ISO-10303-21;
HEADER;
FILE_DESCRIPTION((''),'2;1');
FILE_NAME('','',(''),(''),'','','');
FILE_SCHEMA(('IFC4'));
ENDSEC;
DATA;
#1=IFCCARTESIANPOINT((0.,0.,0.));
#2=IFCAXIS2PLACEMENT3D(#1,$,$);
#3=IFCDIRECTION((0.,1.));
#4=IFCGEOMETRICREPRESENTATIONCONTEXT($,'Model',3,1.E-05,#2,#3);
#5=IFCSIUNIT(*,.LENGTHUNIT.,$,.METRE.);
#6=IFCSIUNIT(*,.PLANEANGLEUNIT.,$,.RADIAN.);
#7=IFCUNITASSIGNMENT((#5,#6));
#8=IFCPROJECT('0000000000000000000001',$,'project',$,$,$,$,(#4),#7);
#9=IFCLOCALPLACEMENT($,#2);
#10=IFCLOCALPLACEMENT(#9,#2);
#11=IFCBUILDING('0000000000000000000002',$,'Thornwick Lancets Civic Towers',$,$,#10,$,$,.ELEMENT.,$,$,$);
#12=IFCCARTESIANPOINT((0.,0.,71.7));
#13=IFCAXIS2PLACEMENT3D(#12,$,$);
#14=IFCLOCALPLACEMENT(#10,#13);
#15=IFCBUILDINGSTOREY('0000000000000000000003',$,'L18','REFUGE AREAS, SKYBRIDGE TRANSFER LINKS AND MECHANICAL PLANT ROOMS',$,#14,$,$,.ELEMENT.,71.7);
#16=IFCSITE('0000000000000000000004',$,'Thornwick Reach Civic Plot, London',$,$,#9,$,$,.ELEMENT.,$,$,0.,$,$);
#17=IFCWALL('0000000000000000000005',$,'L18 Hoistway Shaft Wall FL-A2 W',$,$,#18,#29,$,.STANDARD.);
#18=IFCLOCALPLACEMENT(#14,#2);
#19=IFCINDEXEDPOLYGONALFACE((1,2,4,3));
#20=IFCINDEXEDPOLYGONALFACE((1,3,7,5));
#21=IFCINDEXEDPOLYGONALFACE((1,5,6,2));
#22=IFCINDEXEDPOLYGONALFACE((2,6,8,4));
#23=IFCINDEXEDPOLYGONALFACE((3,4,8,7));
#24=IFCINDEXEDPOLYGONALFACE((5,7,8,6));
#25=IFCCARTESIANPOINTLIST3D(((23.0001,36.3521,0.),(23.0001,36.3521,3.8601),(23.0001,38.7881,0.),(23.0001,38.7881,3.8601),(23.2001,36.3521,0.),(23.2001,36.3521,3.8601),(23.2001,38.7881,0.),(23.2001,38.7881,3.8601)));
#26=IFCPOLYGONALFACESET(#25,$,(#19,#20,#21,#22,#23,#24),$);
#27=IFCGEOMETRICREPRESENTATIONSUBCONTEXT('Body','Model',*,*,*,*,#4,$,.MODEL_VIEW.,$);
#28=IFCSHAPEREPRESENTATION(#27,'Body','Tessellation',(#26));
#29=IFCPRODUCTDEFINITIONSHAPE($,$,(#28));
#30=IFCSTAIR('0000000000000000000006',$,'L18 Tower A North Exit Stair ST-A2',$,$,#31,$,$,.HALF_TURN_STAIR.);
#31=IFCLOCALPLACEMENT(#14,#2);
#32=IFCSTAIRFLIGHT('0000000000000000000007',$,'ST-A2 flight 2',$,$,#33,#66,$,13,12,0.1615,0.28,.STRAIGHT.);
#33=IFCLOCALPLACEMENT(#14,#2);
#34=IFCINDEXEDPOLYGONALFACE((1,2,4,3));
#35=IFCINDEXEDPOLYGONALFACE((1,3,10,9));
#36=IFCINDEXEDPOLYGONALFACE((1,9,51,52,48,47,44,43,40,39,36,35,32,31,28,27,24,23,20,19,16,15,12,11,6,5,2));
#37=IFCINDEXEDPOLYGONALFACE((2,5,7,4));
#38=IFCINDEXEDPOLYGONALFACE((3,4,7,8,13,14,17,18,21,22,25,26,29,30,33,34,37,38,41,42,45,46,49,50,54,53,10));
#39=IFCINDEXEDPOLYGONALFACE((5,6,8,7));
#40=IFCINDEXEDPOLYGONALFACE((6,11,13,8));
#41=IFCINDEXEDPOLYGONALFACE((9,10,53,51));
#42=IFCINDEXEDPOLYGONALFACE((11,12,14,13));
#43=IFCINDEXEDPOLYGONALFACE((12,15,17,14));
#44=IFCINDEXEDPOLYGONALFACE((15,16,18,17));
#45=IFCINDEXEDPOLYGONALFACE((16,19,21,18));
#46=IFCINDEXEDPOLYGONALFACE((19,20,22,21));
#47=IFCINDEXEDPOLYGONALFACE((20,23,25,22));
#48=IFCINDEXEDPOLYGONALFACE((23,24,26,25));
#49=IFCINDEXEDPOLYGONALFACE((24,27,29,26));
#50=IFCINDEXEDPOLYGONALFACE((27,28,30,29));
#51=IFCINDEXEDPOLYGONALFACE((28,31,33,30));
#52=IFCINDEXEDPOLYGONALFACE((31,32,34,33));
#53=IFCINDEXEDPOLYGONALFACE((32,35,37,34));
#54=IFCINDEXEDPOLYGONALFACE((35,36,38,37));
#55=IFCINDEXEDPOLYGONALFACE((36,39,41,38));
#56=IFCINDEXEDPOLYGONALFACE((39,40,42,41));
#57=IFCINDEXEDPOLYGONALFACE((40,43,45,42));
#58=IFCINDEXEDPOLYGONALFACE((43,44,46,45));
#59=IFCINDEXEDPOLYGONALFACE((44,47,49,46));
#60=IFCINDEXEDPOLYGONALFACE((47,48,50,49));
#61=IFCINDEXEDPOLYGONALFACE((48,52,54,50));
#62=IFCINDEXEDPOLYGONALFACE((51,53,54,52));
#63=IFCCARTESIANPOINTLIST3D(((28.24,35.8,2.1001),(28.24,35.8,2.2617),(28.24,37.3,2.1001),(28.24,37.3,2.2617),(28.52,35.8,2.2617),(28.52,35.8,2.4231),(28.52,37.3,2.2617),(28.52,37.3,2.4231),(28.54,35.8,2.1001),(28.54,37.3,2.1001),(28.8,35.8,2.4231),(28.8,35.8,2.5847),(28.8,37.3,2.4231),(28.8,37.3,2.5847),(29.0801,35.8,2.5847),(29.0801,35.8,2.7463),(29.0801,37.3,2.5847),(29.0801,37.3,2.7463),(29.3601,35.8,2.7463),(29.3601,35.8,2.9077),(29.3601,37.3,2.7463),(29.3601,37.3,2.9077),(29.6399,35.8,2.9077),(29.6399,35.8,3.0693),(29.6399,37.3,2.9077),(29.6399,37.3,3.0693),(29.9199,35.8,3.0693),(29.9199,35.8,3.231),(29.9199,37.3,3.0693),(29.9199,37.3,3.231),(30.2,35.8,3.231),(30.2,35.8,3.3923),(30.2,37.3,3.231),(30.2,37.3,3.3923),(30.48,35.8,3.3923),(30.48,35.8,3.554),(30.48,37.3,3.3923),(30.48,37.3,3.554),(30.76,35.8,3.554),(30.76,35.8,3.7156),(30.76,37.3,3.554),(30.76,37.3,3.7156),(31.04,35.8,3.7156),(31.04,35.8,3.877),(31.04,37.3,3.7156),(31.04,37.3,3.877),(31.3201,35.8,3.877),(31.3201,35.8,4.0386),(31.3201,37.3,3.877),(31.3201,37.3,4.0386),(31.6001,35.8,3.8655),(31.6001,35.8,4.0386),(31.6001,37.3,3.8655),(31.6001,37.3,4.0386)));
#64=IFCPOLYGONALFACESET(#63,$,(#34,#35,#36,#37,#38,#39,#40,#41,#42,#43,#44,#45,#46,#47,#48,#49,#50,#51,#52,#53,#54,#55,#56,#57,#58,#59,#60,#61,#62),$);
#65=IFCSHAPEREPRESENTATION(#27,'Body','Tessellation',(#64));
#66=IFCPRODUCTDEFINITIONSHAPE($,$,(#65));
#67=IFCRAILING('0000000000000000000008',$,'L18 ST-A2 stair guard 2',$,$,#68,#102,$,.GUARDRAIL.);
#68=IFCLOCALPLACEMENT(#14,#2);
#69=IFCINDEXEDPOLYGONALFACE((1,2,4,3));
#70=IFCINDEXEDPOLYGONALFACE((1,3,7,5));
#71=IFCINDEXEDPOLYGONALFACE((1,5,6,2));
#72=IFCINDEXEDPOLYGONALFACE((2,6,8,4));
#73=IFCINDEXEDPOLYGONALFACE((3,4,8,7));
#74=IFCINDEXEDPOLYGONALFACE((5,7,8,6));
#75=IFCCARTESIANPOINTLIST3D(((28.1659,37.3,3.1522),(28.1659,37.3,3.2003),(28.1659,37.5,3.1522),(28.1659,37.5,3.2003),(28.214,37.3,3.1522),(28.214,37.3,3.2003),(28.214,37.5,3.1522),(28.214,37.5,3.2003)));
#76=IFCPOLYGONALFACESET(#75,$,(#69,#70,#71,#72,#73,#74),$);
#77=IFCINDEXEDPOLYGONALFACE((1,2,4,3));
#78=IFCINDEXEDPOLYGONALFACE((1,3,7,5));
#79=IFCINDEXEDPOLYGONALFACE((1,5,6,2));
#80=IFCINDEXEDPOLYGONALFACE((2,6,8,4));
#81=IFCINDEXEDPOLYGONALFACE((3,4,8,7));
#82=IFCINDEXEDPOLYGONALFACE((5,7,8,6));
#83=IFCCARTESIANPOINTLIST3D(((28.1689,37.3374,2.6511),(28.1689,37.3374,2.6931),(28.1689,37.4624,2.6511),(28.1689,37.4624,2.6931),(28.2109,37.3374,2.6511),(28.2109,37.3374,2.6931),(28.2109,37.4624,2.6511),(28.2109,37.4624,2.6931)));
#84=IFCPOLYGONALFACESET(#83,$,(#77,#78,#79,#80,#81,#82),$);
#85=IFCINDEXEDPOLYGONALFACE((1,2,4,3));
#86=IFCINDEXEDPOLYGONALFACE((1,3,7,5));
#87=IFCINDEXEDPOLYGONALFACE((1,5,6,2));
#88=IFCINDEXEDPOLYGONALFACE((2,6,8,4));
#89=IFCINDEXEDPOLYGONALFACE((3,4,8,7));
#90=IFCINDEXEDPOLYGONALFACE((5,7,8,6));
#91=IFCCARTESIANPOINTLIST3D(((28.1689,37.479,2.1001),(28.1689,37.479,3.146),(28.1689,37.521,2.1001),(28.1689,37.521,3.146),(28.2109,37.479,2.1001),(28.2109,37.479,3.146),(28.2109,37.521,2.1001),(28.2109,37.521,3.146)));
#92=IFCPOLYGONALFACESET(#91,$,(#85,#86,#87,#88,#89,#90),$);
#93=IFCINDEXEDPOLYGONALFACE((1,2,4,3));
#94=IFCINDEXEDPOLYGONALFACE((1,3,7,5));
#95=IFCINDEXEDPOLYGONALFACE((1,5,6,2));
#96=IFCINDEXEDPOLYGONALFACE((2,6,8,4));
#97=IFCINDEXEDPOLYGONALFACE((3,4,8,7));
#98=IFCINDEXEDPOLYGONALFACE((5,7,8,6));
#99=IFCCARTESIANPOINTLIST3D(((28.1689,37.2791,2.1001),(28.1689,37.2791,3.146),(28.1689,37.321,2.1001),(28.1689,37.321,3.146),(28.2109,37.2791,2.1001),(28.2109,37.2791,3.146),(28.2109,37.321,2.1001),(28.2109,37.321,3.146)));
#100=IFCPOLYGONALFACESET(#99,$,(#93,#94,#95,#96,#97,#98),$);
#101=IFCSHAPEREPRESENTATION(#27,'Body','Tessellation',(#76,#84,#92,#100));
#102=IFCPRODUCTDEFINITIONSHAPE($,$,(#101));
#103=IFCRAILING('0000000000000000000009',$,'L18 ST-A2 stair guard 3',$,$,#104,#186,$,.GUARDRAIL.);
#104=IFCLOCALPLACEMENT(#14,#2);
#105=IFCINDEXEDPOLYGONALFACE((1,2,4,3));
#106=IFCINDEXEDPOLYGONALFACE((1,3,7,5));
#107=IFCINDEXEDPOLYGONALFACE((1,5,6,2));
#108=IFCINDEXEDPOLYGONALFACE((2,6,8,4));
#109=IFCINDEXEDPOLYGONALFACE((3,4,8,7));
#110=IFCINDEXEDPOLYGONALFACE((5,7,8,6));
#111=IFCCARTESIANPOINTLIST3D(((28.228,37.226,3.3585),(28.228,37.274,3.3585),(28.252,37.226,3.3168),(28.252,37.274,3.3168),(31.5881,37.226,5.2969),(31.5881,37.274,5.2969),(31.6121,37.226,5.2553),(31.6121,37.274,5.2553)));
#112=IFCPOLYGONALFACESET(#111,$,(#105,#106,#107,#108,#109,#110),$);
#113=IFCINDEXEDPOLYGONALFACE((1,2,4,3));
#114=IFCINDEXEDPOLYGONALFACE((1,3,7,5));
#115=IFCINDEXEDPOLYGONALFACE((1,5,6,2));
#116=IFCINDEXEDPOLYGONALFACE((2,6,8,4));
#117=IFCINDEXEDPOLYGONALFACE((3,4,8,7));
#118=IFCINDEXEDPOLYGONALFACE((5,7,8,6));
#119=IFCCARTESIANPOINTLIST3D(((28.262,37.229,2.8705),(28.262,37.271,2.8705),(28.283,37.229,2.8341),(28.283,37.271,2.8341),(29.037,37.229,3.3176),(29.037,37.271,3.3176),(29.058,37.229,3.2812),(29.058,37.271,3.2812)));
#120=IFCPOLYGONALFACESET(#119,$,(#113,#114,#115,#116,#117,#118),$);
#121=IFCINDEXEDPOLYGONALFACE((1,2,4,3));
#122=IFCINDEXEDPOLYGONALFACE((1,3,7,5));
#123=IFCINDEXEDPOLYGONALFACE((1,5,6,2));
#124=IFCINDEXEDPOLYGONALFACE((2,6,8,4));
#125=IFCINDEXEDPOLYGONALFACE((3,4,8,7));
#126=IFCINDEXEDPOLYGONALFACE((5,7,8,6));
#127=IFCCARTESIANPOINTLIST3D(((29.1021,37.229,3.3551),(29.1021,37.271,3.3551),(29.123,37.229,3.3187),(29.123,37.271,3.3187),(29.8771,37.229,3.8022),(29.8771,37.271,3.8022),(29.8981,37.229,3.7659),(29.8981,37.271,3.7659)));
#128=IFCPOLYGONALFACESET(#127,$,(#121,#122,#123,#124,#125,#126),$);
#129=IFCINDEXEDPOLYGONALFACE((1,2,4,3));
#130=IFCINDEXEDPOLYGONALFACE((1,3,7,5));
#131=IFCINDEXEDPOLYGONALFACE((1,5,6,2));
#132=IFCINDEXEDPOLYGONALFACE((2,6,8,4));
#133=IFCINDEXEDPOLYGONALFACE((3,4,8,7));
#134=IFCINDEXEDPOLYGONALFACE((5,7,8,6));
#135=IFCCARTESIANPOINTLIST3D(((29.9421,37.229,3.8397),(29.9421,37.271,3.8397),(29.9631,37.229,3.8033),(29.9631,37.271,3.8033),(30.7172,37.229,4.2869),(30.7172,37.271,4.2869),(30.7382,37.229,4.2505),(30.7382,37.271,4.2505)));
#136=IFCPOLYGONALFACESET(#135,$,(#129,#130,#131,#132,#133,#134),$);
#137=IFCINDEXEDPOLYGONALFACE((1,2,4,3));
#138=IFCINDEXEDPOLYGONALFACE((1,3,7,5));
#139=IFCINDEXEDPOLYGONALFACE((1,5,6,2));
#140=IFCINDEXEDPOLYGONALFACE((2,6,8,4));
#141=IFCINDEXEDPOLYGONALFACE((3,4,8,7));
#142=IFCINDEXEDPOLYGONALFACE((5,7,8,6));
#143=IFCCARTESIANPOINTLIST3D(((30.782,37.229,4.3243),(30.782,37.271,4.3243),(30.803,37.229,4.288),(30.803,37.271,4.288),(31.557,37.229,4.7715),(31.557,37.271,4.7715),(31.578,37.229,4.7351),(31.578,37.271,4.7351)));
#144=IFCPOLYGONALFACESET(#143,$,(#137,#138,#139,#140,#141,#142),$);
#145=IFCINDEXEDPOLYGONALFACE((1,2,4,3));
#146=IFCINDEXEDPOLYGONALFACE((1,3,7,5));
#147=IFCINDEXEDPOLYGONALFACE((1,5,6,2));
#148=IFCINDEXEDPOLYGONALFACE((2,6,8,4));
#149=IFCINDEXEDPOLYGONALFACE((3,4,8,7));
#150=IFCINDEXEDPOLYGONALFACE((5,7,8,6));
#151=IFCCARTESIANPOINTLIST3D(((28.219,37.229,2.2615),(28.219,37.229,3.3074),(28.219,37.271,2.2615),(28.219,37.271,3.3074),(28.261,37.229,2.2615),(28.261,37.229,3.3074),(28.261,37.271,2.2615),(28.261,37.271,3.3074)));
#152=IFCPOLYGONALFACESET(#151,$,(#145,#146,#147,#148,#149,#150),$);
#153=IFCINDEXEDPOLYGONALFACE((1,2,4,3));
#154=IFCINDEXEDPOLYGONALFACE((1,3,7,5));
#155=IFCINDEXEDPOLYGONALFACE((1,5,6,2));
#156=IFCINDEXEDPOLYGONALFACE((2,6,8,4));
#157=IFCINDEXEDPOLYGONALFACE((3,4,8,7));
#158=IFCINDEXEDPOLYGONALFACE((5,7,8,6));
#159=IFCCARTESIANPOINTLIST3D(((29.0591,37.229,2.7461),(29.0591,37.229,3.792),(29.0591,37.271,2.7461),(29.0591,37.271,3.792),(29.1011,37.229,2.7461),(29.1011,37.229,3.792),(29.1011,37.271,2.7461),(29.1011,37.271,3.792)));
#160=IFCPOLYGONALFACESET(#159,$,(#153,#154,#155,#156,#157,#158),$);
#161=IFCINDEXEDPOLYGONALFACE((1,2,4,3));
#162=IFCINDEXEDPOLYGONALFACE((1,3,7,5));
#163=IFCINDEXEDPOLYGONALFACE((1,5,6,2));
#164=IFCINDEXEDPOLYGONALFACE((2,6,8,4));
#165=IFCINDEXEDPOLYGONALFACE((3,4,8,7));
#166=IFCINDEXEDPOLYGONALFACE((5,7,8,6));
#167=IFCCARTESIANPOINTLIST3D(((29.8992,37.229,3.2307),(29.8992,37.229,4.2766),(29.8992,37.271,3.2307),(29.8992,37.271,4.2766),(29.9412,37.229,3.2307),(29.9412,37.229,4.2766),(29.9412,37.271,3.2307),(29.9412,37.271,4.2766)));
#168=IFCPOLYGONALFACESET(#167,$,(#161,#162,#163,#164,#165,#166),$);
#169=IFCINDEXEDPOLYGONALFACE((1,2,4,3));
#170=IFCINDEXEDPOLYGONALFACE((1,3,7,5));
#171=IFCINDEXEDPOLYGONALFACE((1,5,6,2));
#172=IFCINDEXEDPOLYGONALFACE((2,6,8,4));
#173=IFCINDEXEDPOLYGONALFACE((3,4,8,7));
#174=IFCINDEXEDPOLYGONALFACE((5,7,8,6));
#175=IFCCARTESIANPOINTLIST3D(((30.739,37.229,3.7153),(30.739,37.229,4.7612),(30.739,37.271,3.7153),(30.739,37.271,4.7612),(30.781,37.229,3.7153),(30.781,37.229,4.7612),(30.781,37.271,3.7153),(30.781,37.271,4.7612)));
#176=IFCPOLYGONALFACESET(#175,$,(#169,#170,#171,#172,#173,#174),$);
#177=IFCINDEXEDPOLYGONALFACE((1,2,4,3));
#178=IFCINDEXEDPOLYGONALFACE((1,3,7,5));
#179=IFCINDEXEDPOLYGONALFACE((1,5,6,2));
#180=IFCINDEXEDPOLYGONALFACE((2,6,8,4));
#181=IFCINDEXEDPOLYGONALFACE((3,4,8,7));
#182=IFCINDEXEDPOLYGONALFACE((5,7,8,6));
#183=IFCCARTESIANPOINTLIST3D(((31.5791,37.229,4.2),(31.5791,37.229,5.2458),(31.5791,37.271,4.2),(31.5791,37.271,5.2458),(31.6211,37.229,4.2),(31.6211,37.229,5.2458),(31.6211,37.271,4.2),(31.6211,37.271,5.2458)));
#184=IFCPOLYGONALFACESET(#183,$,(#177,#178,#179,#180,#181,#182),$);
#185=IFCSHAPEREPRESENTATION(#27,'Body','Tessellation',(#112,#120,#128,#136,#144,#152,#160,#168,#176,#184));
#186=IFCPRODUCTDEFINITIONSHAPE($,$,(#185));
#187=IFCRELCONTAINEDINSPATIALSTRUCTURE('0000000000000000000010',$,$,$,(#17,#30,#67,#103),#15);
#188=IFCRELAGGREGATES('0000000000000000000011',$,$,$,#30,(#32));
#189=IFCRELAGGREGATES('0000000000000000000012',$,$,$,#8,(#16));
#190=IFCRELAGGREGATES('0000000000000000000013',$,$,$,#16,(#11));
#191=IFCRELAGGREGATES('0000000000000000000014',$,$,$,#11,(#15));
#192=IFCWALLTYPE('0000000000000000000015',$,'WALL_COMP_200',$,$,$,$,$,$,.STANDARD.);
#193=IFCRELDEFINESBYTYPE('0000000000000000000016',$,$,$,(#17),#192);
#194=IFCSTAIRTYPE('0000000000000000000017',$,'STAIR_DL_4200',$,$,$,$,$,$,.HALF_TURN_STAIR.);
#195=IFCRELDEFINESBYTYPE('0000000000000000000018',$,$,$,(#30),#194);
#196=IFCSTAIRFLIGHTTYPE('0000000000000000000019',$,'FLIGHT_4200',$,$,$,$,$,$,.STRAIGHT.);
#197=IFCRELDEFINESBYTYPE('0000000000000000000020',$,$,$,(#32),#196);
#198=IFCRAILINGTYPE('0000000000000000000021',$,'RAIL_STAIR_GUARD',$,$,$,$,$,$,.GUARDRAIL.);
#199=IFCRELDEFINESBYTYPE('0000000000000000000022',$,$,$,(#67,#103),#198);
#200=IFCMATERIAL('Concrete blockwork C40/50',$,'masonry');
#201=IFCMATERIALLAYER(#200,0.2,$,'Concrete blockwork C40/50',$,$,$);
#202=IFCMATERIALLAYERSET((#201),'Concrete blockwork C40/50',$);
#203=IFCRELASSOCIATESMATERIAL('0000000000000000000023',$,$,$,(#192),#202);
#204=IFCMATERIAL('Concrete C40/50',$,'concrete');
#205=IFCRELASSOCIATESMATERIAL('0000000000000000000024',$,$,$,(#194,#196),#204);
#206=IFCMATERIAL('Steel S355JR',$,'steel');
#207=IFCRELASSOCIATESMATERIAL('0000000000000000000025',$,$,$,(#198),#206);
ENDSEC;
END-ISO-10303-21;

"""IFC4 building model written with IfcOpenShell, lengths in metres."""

from ifc_helpers import new_model, si_unit, direction, frame, frame_2d, origin, origin_2d, place, context, subcontext, project, spatial, polyline, rectangle, outline, extrude, material, layer, layer_set, type_object, element, aggregate, save


model = new_model("IFC4")

# Units and contexts
model_context = context("Model", 3, precision=1e-05, world=origin(), true_north=direction((0.0, 1.0)))
body_context = subcontext(model_context, "Body", "Model", "MODEL_VIEW")
ifc_project = project(units=[si_unit("LENGTHUNIT", "METRE"), si_unit("PLANEANGLEUNIT", "RADIAN")], contexts=[model_context])

# Site, building, storey
site_placement = place(None, origin())
site = spatial("IfcSite", under=ifc_project, at=site_placement, Name="Thornwick Reach Civic Plot, London", CompositionType="ELEMENT", RefElevation=0.0)
building_placement = place(site_placement, origin())
building = spatial("IfcBuilding", under=site, at=building_placement, Name="Thornwick Lancets Civic Towers", CompositionType="ELEMENT")
storey_placement = place(building_placement, frame((0.0, 0.0, 71.7)))
storey = spatial("IfcBuildingStorey", under=building, at=storey_placement, Name="L18", Description="REFUGE AREAS, SKYBRIDGE TRANSFER LINKS AND MECHANICAL PLANT ROOMS", CompositionType="ELEMENT", Elevation=71.7)

# Shared definitions
ifc_material_1 = material(Name="Steel S355JR", Category="steel")
ifc_material_2 = material(Name="Concrete C40/50", Category="concrete")

# Shared definitions
ifc_material_3 = material(Name="Concrete blockwork C40/50", Category="masonry")
ifc_layer_1 = layer(ifc_material_3, 0.2, Name="Concrete blockwork C40/50")
ifc_layer_set_1 = layer_set([ifc_layer_1], Name="Concrete blockwork C40/50")
wall_type = type_object("IfcWallType", Name="WALL_COMP_200", PredefinedType="STANDARD", material=ifc_layer_set_1)

# Wall
wall_1_placement = place(storey_placement, frame((23.1001, 36.3521, 0.0), z_axis=(0.0, 0.0, 1.0), x_axis=(0.0, 1.0, 0.0)))
element("IfcWall", 1, at=wall_1_placement, inside=storey, type_object=wall_type, Name="L18 Hoistway Shaft Wall FL-A2 W", PredefinedType="STANDARD", context=body_context, shape_type="SweptSolid", body=[
    extrude(rectangle(XDim=2.436, YDim=0.2, at=frame_2d((1.218, 0.0))), origin(), (0.0, 0.0, 1.0), 3.8601),
])

# Stair, stair flight
stair_type = type_object("IfcStairType", Name="STAIR_DL_4200", PredefinedType="HALF_TURN_STAIR", material=ifc_material_2)
stair_placement = place(storey_placement, origin())
stair = element("IfcStair", 2, at=stair_placement, inside=storey, type_object=stair_type, Name="L18 Tower A North Exit Stair ST-A2", PredefinedType="HALF_TURN_STAIR")
stair_flight_type = type_object("IfcStairFlightType", Name="FLIGHT_4200", PredefinedType="STRAIGHT", material=ifc_material_2)
stair_flight_placement = place(storey_placement, frame((28.24, 36.55, 2.1001), z_axis=(0.0, 0.0, 1.0), x_axis=(1.0, 0.0, 0.0)))
stair_flight = element("IfcStairFlight", 3, at=stair_flight_placement, type_object=stair_flight_type, Name="ST-A2 flight 2", NumberOfRisers=13, NumberOfTreads=12, PredefinedType="STRAIGHT", RiserHeight=0.1615, TreadLength=0.28, context=body_context, shape_type="SweptSolid", body=[
    extrude(outline(polyline([(0.0, 0.0), (0.0, 0.1616), (0.28, 0.1616), (0.28, 0.323), (0.5601, 0.323), (0.5601, 0.4846), (0.8401, 0.4846), (0.8401, 0.6462), (1.1201, 0.6462), (1.1201, 0.8076), (1.3999, 0.8076), (1.3999, 0.9692), (1.6799, 0.9692), (1.6799, 1.1309), (1.96, 1.1309), (1.96, 1.2922), (2.24, 1.2922), (2.24, 1.4539), (2.52, 1.4539), (2.52, 1.6155), (2.8, 1.6155), (2.8, 1.7769), (3.0801, 1.7769), (3.0801, 1.9385), (3.3601, 1.9385), (3.3601, 2.1001), (3.3601, 1.7654), (0.3, 0.0), (0.0, 0.0)])), frame((0.0, 0.75, 0.0), z_axis=(0.0, -1.0, 0.0), x_axis=(1.0, 0.0, 0.0)), (0.0, 0.0, 1.0), 1.5),
])
aggregate(stair, [stair_flight])

# Railings
railing_type = type_object("IfcRailingType", Name="RAIL_STAIR_GUARD", PredefinedType="GUARDRAIL", material=ifc_material_1)
railing_1_placement = place(storey_placement, frame((28.1899, 37.5, 2.1001)))
element("IfcRailing", 4, at=railing_1_placement, inside=storey, type_object=railing_type, Name="L18 ST-A2 stair guard 2", PredefinedType="GUARDRAIL", context=body_context, shape_type="SweptSolid", body=[
    extrude(rectangle(XDim=0.0481, YDim=0.0481, at=origin_2d()), frame((0.0, 0.0, 1.0762), z_axis=(0.0, -1.0, 0.0), x_axis=(1.0, 0.0, 0.0)), (0.0, 0.0, 1.0), 0.2),
    extrude(rectangle(XDim=0.042, YDim=0.042, at=origin_2d()), frame((0.0, -0.0376, 0.572), z_axis=(0.0, -1.0, 0.0), x_axis=(1.0, 0.0, 0.0)), (0.0, 0.0, 1.0), 0.125),
    extrude(rectangle(XDim=0.042, YDim=0.042, at=origin_2d()), origin(), (0.0, 0.0, 1.0), 1.0459),
    extrude(rectangle(XDim=0.042, YDim=0.042, at=origin_2d()), frame((0.0, -0.2, 0.0)), (0.0, 0.0, 1.0), 1.0459),
])
railing_2_placement = place(storey_placement, frame((28.24, 37.25, 2.2615)))
element("IfcRailing", 5, at=railing_2_placement, inside=storey, type_object=railing_type, Name="L18 ST-A2 stair guard 3", PredefinedType="GUARDRAIL", context=body_context, shape_type="SweptSolid", body=[
    extrude(rectangle(XDim=0.0481, YDim=0.0481, at=origin_2d()), frame((0.0, 0.0, 1.0762), z_axis=(0.866191, 0.0, 0.499713), x_axis=(0.0, 1.0, 0.0)), (0.0, 0.0, 1.0), 3.8792),
    extrude(rectangle(XDim=0.042, YDim=0.042, at=origin_2d()), frame((0.0325, 0.0, 0.5908), z_axis=(0.866191, 0.0, 0.499713), x_axis=(0.0, 1.0, 0.0)), (0.0, 0.0, 1.0), 0.8948),
    extrude(rectangle(XDim=0.042, YDim=0.042, at=origin_2d()), frame((0.8726, 0.0, 1.0754), z_axis=(0.866191, 0.0, 0.499713), x_axis=(0.0, 1.0, 0.0)), (0.0, 0.0, 1.0), 0.8948),
    extrude(rectangle(XDim=0.042, YDim=0.042, at=origin_2d()), frame((1.7126, 0.0, 1.5601), z_axis=(0.866191, 0.0, 0.499713), x_axis=(0.0, 1.0, 0.0)), (0.0, 0.0, 1.0), 0.8948),
    extrude(rectangle(XDim=0.042, YDim=0.042, at=origin_2d()), frame((2.5525, 0.0, 2.0447), z_axis=(0.866191, 0.0, 0.499713), x_axis=(0.0, 1.0, 0.0)), (0.0, 0.0, 1.0), 0.8948),
    extrude(rectangle(XDim=0.042, YDim=0.042, at=origin_2d()), origin(), (0.0, 0.0, 1.0), 1.0459),
    extrude(rectangle(XDim=0.042, YDim=0.042, at=origin_2d()), frame((0.8401, 0.0, 0.4846)), (0.0, 0.0, 1.0), 1.0459),
    extrude(rectangle(XDim=0.042, YDim=0.042, at=origin_2d()), frame((1.6802, 0.0, 0.9692)), (0.0, 0.0, 1.0), 1.0459),
    extrude(rectangle(XDim=0.042, YDim=0.042, at=origin_2d()), frame((2.52, 0.0, 1.4539)), (0.0, 0.0, 1.0), 1.0459),
    extrude(rectangle(XDim=0.042, YDim=0.042, at=origin_2d()), frame((3.3601, 0.0, 1.9385)), (0.0, 0.0, 1.0), 1.0459),
])

save(model, "model.ifc")
